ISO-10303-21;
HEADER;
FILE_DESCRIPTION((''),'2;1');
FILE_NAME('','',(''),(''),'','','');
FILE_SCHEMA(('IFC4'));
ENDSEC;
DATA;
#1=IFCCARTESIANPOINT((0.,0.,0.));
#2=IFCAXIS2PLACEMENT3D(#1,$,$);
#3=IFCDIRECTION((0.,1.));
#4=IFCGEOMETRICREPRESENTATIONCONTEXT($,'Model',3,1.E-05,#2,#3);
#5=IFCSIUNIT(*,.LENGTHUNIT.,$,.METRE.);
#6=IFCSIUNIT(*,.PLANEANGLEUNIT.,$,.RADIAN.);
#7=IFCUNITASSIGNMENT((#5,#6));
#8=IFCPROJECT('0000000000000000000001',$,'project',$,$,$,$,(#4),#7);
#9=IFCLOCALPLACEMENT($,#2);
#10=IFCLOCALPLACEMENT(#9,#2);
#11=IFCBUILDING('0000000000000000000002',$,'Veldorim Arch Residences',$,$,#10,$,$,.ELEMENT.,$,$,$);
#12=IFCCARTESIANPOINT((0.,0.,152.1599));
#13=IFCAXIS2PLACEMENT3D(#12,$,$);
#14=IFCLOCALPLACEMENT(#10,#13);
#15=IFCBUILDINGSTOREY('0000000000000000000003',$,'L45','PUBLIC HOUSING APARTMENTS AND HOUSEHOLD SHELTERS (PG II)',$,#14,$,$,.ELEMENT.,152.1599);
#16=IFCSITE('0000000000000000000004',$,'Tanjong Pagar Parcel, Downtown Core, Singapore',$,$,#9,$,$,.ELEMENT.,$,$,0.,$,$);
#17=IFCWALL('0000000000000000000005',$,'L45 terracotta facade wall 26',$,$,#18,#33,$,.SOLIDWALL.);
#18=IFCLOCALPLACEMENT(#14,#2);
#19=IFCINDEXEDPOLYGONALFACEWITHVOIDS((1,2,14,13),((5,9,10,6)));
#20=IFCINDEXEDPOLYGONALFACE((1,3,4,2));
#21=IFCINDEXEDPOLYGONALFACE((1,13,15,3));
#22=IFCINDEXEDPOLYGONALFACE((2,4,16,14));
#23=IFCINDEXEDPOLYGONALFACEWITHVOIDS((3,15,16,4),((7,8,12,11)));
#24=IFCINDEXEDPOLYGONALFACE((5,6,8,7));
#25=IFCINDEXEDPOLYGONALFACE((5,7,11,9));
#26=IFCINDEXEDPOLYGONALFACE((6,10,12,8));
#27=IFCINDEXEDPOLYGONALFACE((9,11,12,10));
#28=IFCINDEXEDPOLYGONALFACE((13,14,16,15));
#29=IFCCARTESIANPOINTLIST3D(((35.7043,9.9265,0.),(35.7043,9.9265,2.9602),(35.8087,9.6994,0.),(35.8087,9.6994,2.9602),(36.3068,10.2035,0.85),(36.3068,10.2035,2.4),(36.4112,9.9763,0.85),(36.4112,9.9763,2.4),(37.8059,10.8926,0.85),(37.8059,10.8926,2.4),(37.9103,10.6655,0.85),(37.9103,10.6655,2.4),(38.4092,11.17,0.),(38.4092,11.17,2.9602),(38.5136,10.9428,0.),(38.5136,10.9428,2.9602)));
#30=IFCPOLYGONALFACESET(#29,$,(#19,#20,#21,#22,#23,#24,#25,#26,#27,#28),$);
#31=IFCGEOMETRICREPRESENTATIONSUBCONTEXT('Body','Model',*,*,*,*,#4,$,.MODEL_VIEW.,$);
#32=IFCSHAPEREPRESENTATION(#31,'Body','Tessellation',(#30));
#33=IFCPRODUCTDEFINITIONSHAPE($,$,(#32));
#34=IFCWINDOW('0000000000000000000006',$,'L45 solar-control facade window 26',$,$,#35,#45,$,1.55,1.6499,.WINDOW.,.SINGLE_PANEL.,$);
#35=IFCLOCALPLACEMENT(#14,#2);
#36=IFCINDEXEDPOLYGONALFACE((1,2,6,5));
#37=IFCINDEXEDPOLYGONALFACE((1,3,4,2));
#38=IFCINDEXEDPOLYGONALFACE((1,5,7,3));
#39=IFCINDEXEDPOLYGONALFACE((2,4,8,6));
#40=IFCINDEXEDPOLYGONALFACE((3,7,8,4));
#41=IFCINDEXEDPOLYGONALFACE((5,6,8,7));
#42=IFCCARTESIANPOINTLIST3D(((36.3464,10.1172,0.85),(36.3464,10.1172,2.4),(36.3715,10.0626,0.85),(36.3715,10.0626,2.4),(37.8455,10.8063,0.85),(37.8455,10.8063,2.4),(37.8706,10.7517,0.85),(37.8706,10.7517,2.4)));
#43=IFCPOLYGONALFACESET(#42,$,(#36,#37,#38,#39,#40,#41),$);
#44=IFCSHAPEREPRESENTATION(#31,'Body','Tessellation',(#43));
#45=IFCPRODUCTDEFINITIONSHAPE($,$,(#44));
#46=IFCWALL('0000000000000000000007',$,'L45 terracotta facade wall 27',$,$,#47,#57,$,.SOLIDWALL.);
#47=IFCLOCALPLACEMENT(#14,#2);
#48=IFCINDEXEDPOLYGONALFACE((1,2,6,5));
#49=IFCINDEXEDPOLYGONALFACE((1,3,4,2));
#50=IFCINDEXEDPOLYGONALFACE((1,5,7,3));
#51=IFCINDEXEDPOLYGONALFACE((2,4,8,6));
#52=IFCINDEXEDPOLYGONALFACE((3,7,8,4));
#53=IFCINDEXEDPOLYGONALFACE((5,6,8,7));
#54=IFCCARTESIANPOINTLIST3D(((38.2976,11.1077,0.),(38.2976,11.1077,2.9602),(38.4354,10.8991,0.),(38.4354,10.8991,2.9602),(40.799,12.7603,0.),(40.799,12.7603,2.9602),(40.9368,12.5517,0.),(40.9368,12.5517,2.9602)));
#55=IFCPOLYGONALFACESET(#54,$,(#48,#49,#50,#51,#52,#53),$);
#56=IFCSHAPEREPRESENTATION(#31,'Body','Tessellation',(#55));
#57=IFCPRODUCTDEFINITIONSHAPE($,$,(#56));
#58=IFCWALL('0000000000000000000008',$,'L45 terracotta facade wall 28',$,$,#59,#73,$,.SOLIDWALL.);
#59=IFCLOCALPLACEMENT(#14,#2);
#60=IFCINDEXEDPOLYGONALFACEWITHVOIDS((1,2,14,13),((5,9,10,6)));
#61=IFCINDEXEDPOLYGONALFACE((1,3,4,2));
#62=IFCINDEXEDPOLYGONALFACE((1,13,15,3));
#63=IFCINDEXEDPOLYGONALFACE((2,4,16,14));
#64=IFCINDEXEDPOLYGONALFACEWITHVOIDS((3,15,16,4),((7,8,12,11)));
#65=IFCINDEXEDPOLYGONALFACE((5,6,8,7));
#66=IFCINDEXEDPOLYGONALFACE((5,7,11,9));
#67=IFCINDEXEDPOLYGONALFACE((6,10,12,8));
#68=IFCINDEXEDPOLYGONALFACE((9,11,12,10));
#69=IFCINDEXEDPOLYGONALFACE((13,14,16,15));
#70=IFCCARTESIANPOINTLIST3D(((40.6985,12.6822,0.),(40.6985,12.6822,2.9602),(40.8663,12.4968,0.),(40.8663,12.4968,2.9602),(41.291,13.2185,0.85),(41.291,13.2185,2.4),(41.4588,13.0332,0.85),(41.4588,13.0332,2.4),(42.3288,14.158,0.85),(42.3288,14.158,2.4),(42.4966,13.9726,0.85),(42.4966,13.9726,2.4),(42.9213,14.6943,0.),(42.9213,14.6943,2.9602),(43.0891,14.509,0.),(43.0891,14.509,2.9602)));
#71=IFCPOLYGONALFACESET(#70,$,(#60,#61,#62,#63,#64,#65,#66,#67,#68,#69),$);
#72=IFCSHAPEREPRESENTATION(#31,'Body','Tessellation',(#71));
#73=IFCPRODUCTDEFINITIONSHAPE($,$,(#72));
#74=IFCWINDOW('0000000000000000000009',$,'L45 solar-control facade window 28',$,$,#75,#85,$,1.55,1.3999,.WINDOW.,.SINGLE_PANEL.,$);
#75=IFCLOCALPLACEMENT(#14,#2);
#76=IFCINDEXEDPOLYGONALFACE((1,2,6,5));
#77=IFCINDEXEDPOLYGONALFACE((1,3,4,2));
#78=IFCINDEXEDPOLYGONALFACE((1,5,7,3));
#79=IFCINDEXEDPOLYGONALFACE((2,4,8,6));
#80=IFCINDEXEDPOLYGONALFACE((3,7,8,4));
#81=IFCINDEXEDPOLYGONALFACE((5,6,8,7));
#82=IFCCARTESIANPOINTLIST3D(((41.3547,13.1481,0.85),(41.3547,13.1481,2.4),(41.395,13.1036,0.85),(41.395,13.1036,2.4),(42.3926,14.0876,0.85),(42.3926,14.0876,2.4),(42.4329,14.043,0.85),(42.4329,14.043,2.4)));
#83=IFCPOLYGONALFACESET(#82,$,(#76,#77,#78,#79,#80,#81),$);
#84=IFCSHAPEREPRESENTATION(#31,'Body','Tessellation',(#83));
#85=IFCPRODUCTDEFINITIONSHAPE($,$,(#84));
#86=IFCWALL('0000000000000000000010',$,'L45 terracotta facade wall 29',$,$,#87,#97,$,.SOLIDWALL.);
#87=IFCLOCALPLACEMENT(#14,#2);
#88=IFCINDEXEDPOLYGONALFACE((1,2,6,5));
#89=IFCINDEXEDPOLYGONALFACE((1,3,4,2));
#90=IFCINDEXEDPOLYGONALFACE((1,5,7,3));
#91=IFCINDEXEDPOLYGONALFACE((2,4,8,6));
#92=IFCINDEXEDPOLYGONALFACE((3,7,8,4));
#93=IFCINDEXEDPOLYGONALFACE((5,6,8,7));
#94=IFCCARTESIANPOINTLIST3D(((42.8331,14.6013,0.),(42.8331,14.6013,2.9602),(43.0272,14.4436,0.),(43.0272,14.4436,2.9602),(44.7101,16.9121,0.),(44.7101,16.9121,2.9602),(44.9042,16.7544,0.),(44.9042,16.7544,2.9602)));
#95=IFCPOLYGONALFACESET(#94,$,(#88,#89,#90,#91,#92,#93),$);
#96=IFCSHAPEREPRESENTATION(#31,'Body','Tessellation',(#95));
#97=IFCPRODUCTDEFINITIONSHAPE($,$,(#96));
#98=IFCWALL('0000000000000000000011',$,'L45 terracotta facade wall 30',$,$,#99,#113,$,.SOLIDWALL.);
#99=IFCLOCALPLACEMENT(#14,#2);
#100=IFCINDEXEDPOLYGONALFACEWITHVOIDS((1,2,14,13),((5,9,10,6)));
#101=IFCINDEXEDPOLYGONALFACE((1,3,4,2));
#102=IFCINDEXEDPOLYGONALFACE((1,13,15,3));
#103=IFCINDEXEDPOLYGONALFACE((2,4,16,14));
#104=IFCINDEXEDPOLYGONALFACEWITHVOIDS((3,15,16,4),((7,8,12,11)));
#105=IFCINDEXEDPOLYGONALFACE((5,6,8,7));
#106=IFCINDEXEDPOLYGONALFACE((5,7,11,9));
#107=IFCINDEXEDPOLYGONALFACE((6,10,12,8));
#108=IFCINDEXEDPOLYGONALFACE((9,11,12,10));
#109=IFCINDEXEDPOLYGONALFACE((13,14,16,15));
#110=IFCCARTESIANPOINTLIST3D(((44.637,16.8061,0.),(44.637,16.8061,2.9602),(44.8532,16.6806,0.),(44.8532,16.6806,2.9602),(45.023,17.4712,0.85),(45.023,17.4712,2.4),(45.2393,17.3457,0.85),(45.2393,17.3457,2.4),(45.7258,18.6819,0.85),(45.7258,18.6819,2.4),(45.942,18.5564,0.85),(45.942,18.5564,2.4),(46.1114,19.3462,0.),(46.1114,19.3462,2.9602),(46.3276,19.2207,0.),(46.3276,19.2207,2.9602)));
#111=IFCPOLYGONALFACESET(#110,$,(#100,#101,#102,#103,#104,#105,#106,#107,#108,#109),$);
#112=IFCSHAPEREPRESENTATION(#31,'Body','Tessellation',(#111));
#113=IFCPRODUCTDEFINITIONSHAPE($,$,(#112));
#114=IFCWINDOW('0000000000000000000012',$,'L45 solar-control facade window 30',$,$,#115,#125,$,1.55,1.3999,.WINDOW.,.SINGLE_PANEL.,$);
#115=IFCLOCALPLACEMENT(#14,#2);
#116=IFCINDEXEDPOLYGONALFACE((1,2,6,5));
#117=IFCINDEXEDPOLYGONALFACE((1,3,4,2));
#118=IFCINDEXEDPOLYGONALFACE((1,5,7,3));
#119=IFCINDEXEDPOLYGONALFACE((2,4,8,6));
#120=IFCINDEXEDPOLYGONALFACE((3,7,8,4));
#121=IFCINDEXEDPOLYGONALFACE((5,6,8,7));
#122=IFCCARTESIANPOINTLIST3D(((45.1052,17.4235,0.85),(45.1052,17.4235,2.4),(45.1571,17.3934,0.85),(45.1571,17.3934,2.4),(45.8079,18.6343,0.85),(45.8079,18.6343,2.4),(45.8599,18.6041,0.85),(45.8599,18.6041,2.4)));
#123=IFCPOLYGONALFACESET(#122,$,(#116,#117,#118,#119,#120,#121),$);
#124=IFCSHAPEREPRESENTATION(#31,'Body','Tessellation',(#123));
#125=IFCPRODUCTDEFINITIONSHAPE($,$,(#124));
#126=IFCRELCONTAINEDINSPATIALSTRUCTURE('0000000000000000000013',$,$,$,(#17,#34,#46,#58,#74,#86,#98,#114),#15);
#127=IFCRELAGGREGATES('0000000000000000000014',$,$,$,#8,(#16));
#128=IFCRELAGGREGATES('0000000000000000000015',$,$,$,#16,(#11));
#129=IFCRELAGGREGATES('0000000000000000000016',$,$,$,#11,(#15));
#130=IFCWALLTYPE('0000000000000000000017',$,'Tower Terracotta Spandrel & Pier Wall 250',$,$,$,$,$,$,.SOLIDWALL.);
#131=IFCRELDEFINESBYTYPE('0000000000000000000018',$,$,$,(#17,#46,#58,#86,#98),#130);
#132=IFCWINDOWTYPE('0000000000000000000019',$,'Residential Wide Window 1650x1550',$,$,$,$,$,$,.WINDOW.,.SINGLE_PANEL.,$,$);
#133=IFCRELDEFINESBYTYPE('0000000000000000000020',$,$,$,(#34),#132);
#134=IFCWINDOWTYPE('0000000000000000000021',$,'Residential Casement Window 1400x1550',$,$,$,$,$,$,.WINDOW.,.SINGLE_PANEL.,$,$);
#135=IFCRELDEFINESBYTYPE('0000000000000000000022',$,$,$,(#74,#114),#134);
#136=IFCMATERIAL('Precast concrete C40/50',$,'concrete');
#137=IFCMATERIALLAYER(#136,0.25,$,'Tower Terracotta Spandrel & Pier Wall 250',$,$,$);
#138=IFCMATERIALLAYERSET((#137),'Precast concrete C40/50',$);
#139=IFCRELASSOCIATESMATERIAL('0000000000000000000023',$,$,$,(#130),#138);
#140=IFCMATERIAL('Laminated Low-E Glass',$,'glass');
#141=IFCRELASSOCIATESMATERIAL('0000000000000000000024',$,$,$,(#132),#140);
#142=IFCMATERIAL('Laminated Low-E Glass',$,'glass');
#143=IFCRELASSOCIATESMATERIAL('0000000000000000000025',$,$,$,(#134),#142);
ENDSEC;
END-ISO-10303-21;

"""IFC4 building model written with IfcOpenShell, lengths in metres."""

from ifc_helpers import new_model, si_unit, direction, frame, frame_2d, origin, place, context, subcontext, project, spatial, rectangle, extrude, material, layer, layer_set, type_object, element, fill, save


model = new_model("IFC4")

# Units and contexts
model_context = context("Model", 3, precision=1e-05, world=origin(), true_north=direction((0.0, 1.0)))
body_context = subcontext(model_context, "Body", "Model", "MODEL_VIEW")
ifc_project = project(units=[si_unit("LENGTHUNIT", "METRE"), si_unit("PLANEANGLEUNIT", "RADIAN")], contexts=[model_context])

# Site, building, storey
site_placement = place(None, origin())
site = spatial("IfcSite", under=ifc_project, at=site_placement, Name="Tanjong Pagar Parcel, Downtown Core, Singapore", CompositionType="ELEMENT", RefElevation=0.0)
building_placement = place(site_placement, origin())
building = spatial("IfcBuilding", under=site, at=building_placement, Name="Veldorim Arch Residences", CompositionType="ELEMENT")
storey_placement = place(building_placement, frame((0.0, 0.0, 152.1599)))
storey = spatial("IfcBuildingStorey", under=building, at=storey_placement, Name="L45", Description="PUBLIC HOUSING APARTMENTS AND HOUSEHOLD SHELTERS (PG II)", CompositionType="ELEMENT", Elevation=152.1599)

# Wall, opening, window
ifc_material_1 = material(Name="Precast concrete C40/50", Category="concrete")
ifc_layer_1 = layer(ifc_material_1, 0.25, Name="Tower Terracotta Spandrel & Pier Wall 250")
ifc_layer_set_1 = layer_set([ifc_layer_1], Name="Precast concrete C40/50")
wall_type_1 = type_object("IfcWallType", Name="Tower Terracotta Spandrel & Pier Wall 250", PredefinedType="SOLIDWALL", material=ifc_layer_set_1)
wall_1_placement = place(storey_placement, frame((38.4614, 11.0564, 0.0), z_axis=(0.0, 0.0, 1.0), x_axis=(-0.908594, -0.41768, 0.0)))
wall_1 = element("IfcWall", 1, at=wall_1_placement, inside=storey, type_object=wall_type_1, Name="L45 terracotta facade wall 26", PredefinedType="SOLIDWALL", context=body_context, shape_type="SweptSolid", body=[
    extrude(rectangle(XDim=2.9771, YDim=0.25, at=frame_2d((1.4885, 0.0))), origin(), (0.0, 0.0, 1.0), 2.9602),
])
opening_1_placement = place(wall_1_placement, frame((0.6641, 0.0, 0.8501)))
opening_1 = element("IfcOpeningElement", 2, at=opening_1_placement, cuts=wall_1, PredefinedType="OPENING", context=body_context, shape_type="SweptSolid", body=[
    extrude(rectangle(XDim=1.6499, YDim=1.55, at=frame_2d((0.825, 0.7749))), frame((0.0, 0.135, 0.0), z_axis=(0.0, -1.0, 0.0), x_axis=(1.0, 0.0, 0.0)), (0.0, 0.0, 1.0), 0.27),
])
ifc_material_2 = material(Name="Laminated Low-E Glass", Category="glass")
window_type_1 = type_object("IfcWindowType", Name="Residential Wide Window 1650x1550", PartitioningType="SINGLE_PANEL", PredefinedType="WINDOW", material=ifc_material_2)
window_1_placement = place(opening_1_placement, origin())
window_1 = element("IfcWindow", 3, at=window_1_placement, inside=storey, type_object=window_type_1, Name="L45 solar-control facade window 26", OverallHeight=1.55, OverallWidth=1.6499, PartitioningType="SINGLE_PANEL", PredefinedType="WINDOW", context=body_context, shape_type="SweptSolid", body=[
    extrude(rectangle(XDim=1.6499, YDim=1.55, at=frame_2d((0.825, 0.7749))), frame((0.0, 0.03, 0.0), z_axis=(0.0, -1.0, 0.0), x_axis=(1.0, 0.0, 0.0)), (0.0, 0.0, 1.0), 0.0601),
])
fill(opening_1, window_1)

# Wall
wall_2_placement = place(storey_placement, frame((40.8679, 12.656, 0.0), z_axis=(0.0, 0.0, 1.0), x_axis=(-0.834361, -0.551219, 0.0)))
element("IfcWall", 4, at=wall_2_placement, inside=storey, type_object=wall_type_1, Name="L45 terracotta facade wall 27", PredefinedType="SOLIDWALL", context=body_context, shape_type="SweptSolid", body=[
    extrude(rectangle(XDim=2.998, YDim=0.25, at=frame_2d((1.499, 0.0))), origin(), (0.0, 0.0, 1.0), 2.9602),
])

# Wall, opening, window
wall_3_placement = place(storey_placement, frame((43.0051, 14.6016, 0.0), z_axis=(0.0, 0.0, 1.0), x_axis=(-0.741368, -0.671099, 0.0)))
wall_3 = element("IfcWall", 5, at=wall_3_placement, inside=storey, type_object=wall_type_1, Name="L45 terracotta facade wall 28", PredefinedType="SOLIDWALL", context=body_context, shape_type="SweptSolid", body=[
    extrude(rectangle(XDim=2.9983, YDim=0.25, at=frame_2d((1.499, 0.0))), origin(), (0.0, 0.0, 1.0), 2.9602),
])
opening_2_placement = place(wall_3_placement, frame((0.7991, 0.0, 0.8501)))
opening_2 = element("IfcOpeningElement", 6, at=opening_2_placement, cuts=wall_3, PredefinedType="OPENING", context=body_context, shape_type="SweptSolid", body=[
    extrude(rectangle(XDim=1.3999, YDim=1.55, at=frame_2d((0.7, 0.7749))), frame((0.0, 0.135, 0.0), z_axis=(0.0, -1.0, 0.0), x_axis=(1.0, 0.0, 0.0)), (0.0, 0.0, 1.0), 0.27),
])
ifc_material_3 = material(Name="Laminated Low-E Glass", Category="glass")
window_type_2 = type_object("IfcWindowType", Name="Residential Casement Window 1400x1550", PartitioningType="SINGLE_PANEL", PredefinedType="WINDOW", material=ifc_material_3)
window_2_placement = place(opening_2_placement, origin())
window_2 = element("IfcWindow", 7, at=window_2_placement, inside=storey, type_object=window_type_2, Name="L45 solar-control facade window 28", OverallHeight=1.55, OverallWidth=1.3999, PartitioningType="SINGLE_PANEL", PredefinedType="WINDOW", context=body_context, shape_type="SweptSolid", body=[
    extrude(rectangle(XDim=1.3999, YDim=1.55, at=frame_2d((0.7, 0.7749))), frame((0.0, 0.03, 0.0), z_axis=(0.0, -1.0, 0.0), x_axis=(1.0, 0.0, 0.0)), (0.0, 0.0, 1.0), 0.0601),
])
fill(opening_2, window_2)

# Wall
wall_4_placement = place(storey_placement, frame((44.8071, 16.8333, 0.0), z_axis=(0.0, 0.0, 1.0), x_axis=(-0.630478, -0.776207, 0.0)))
element("IfcWall", 8, at=wall_4_placement, inside=storey, type_object=wall_type_1, Name="L45 terracotta facade wall 29", PredefinedType="SOLIDWALL", context=body_context, shape_type="SweptSolid", body=[
    extrude(rectangle(XDim=2.9771, YDim=0.25, at=frame_2d((1.4885, 0.0))), origin(), (0.0, 0.0, 1.0), 2.9602),
])

# Wall, opening, window
wall_5_placement = place(storey_placement, frame((46.2195, 19.2834, 0.0), z_axis=(0.0, 0.0, 1.0), x_axis=(-0.502009, -0.864862, 0.0)))
wall_5 = element("IfcWall", 9, at=wall_5_placement, inside=storey, type_object=wall_type_1, Name="L45 terracotta facade wall 30", PredefinedType="SOLIDWALL", context=body_context, shape_type="SweptSolid", body=[
    extrude(rectangle(XDim=2.937, YDim=0.25, at=frame_2d((1.4685, 0.0))), origin(), (0.0, 0.0, 1.0), 2.9602),
])
opening_3_placement = place(wall_5_placement, frame((0.7681, 0.0, 0.8501)))
opening_3 = element("IfcOpeningElement", 10, at=opening_3_placement, cuts=wall_5, PredefinedType="OPENING", context=body_context, shape_type="SweptSolid", body=[
    extrude(rectangle(XDim=1.3999, YDim=1.55, at=frame_2d((0.7, 0.7749))), frame((0.0, 0.135, 0.0), z_axis=(0.0, -1.0, 0.0), x_axis=(1.0, 0.0, 0.0)), (0.0, 0.0, 1.0), 0.27),
])
window_3_placement = place(opening_3_placement, origin())
window_3 = element("IfcWindow", 11, at=window_3_placement, inside=storey, type_object=window_type_2, Name="L45 solar-control facade window 30", OverallHeight=1.55, OverallWidth=1.3999, PartitioningType="SINGLE_PANEL", PredefinedType="WINDOW", context=body_context, shape_type="SweptSolid", body=[
    extrude(rectangle(XDim=1.3999, YDim=1.55, at=frame_2d((0.7, 0.7749))), frame((0.0, 0.03, 0.0), z_axis=(0.0, -1.0, 0.0), x_axis=(1.0, 0.0, 0.0)), (0.0, 0.0, 1.0), 0.0601),
])
fill(opening_3, window_3)

save(model, "model.ifc")
